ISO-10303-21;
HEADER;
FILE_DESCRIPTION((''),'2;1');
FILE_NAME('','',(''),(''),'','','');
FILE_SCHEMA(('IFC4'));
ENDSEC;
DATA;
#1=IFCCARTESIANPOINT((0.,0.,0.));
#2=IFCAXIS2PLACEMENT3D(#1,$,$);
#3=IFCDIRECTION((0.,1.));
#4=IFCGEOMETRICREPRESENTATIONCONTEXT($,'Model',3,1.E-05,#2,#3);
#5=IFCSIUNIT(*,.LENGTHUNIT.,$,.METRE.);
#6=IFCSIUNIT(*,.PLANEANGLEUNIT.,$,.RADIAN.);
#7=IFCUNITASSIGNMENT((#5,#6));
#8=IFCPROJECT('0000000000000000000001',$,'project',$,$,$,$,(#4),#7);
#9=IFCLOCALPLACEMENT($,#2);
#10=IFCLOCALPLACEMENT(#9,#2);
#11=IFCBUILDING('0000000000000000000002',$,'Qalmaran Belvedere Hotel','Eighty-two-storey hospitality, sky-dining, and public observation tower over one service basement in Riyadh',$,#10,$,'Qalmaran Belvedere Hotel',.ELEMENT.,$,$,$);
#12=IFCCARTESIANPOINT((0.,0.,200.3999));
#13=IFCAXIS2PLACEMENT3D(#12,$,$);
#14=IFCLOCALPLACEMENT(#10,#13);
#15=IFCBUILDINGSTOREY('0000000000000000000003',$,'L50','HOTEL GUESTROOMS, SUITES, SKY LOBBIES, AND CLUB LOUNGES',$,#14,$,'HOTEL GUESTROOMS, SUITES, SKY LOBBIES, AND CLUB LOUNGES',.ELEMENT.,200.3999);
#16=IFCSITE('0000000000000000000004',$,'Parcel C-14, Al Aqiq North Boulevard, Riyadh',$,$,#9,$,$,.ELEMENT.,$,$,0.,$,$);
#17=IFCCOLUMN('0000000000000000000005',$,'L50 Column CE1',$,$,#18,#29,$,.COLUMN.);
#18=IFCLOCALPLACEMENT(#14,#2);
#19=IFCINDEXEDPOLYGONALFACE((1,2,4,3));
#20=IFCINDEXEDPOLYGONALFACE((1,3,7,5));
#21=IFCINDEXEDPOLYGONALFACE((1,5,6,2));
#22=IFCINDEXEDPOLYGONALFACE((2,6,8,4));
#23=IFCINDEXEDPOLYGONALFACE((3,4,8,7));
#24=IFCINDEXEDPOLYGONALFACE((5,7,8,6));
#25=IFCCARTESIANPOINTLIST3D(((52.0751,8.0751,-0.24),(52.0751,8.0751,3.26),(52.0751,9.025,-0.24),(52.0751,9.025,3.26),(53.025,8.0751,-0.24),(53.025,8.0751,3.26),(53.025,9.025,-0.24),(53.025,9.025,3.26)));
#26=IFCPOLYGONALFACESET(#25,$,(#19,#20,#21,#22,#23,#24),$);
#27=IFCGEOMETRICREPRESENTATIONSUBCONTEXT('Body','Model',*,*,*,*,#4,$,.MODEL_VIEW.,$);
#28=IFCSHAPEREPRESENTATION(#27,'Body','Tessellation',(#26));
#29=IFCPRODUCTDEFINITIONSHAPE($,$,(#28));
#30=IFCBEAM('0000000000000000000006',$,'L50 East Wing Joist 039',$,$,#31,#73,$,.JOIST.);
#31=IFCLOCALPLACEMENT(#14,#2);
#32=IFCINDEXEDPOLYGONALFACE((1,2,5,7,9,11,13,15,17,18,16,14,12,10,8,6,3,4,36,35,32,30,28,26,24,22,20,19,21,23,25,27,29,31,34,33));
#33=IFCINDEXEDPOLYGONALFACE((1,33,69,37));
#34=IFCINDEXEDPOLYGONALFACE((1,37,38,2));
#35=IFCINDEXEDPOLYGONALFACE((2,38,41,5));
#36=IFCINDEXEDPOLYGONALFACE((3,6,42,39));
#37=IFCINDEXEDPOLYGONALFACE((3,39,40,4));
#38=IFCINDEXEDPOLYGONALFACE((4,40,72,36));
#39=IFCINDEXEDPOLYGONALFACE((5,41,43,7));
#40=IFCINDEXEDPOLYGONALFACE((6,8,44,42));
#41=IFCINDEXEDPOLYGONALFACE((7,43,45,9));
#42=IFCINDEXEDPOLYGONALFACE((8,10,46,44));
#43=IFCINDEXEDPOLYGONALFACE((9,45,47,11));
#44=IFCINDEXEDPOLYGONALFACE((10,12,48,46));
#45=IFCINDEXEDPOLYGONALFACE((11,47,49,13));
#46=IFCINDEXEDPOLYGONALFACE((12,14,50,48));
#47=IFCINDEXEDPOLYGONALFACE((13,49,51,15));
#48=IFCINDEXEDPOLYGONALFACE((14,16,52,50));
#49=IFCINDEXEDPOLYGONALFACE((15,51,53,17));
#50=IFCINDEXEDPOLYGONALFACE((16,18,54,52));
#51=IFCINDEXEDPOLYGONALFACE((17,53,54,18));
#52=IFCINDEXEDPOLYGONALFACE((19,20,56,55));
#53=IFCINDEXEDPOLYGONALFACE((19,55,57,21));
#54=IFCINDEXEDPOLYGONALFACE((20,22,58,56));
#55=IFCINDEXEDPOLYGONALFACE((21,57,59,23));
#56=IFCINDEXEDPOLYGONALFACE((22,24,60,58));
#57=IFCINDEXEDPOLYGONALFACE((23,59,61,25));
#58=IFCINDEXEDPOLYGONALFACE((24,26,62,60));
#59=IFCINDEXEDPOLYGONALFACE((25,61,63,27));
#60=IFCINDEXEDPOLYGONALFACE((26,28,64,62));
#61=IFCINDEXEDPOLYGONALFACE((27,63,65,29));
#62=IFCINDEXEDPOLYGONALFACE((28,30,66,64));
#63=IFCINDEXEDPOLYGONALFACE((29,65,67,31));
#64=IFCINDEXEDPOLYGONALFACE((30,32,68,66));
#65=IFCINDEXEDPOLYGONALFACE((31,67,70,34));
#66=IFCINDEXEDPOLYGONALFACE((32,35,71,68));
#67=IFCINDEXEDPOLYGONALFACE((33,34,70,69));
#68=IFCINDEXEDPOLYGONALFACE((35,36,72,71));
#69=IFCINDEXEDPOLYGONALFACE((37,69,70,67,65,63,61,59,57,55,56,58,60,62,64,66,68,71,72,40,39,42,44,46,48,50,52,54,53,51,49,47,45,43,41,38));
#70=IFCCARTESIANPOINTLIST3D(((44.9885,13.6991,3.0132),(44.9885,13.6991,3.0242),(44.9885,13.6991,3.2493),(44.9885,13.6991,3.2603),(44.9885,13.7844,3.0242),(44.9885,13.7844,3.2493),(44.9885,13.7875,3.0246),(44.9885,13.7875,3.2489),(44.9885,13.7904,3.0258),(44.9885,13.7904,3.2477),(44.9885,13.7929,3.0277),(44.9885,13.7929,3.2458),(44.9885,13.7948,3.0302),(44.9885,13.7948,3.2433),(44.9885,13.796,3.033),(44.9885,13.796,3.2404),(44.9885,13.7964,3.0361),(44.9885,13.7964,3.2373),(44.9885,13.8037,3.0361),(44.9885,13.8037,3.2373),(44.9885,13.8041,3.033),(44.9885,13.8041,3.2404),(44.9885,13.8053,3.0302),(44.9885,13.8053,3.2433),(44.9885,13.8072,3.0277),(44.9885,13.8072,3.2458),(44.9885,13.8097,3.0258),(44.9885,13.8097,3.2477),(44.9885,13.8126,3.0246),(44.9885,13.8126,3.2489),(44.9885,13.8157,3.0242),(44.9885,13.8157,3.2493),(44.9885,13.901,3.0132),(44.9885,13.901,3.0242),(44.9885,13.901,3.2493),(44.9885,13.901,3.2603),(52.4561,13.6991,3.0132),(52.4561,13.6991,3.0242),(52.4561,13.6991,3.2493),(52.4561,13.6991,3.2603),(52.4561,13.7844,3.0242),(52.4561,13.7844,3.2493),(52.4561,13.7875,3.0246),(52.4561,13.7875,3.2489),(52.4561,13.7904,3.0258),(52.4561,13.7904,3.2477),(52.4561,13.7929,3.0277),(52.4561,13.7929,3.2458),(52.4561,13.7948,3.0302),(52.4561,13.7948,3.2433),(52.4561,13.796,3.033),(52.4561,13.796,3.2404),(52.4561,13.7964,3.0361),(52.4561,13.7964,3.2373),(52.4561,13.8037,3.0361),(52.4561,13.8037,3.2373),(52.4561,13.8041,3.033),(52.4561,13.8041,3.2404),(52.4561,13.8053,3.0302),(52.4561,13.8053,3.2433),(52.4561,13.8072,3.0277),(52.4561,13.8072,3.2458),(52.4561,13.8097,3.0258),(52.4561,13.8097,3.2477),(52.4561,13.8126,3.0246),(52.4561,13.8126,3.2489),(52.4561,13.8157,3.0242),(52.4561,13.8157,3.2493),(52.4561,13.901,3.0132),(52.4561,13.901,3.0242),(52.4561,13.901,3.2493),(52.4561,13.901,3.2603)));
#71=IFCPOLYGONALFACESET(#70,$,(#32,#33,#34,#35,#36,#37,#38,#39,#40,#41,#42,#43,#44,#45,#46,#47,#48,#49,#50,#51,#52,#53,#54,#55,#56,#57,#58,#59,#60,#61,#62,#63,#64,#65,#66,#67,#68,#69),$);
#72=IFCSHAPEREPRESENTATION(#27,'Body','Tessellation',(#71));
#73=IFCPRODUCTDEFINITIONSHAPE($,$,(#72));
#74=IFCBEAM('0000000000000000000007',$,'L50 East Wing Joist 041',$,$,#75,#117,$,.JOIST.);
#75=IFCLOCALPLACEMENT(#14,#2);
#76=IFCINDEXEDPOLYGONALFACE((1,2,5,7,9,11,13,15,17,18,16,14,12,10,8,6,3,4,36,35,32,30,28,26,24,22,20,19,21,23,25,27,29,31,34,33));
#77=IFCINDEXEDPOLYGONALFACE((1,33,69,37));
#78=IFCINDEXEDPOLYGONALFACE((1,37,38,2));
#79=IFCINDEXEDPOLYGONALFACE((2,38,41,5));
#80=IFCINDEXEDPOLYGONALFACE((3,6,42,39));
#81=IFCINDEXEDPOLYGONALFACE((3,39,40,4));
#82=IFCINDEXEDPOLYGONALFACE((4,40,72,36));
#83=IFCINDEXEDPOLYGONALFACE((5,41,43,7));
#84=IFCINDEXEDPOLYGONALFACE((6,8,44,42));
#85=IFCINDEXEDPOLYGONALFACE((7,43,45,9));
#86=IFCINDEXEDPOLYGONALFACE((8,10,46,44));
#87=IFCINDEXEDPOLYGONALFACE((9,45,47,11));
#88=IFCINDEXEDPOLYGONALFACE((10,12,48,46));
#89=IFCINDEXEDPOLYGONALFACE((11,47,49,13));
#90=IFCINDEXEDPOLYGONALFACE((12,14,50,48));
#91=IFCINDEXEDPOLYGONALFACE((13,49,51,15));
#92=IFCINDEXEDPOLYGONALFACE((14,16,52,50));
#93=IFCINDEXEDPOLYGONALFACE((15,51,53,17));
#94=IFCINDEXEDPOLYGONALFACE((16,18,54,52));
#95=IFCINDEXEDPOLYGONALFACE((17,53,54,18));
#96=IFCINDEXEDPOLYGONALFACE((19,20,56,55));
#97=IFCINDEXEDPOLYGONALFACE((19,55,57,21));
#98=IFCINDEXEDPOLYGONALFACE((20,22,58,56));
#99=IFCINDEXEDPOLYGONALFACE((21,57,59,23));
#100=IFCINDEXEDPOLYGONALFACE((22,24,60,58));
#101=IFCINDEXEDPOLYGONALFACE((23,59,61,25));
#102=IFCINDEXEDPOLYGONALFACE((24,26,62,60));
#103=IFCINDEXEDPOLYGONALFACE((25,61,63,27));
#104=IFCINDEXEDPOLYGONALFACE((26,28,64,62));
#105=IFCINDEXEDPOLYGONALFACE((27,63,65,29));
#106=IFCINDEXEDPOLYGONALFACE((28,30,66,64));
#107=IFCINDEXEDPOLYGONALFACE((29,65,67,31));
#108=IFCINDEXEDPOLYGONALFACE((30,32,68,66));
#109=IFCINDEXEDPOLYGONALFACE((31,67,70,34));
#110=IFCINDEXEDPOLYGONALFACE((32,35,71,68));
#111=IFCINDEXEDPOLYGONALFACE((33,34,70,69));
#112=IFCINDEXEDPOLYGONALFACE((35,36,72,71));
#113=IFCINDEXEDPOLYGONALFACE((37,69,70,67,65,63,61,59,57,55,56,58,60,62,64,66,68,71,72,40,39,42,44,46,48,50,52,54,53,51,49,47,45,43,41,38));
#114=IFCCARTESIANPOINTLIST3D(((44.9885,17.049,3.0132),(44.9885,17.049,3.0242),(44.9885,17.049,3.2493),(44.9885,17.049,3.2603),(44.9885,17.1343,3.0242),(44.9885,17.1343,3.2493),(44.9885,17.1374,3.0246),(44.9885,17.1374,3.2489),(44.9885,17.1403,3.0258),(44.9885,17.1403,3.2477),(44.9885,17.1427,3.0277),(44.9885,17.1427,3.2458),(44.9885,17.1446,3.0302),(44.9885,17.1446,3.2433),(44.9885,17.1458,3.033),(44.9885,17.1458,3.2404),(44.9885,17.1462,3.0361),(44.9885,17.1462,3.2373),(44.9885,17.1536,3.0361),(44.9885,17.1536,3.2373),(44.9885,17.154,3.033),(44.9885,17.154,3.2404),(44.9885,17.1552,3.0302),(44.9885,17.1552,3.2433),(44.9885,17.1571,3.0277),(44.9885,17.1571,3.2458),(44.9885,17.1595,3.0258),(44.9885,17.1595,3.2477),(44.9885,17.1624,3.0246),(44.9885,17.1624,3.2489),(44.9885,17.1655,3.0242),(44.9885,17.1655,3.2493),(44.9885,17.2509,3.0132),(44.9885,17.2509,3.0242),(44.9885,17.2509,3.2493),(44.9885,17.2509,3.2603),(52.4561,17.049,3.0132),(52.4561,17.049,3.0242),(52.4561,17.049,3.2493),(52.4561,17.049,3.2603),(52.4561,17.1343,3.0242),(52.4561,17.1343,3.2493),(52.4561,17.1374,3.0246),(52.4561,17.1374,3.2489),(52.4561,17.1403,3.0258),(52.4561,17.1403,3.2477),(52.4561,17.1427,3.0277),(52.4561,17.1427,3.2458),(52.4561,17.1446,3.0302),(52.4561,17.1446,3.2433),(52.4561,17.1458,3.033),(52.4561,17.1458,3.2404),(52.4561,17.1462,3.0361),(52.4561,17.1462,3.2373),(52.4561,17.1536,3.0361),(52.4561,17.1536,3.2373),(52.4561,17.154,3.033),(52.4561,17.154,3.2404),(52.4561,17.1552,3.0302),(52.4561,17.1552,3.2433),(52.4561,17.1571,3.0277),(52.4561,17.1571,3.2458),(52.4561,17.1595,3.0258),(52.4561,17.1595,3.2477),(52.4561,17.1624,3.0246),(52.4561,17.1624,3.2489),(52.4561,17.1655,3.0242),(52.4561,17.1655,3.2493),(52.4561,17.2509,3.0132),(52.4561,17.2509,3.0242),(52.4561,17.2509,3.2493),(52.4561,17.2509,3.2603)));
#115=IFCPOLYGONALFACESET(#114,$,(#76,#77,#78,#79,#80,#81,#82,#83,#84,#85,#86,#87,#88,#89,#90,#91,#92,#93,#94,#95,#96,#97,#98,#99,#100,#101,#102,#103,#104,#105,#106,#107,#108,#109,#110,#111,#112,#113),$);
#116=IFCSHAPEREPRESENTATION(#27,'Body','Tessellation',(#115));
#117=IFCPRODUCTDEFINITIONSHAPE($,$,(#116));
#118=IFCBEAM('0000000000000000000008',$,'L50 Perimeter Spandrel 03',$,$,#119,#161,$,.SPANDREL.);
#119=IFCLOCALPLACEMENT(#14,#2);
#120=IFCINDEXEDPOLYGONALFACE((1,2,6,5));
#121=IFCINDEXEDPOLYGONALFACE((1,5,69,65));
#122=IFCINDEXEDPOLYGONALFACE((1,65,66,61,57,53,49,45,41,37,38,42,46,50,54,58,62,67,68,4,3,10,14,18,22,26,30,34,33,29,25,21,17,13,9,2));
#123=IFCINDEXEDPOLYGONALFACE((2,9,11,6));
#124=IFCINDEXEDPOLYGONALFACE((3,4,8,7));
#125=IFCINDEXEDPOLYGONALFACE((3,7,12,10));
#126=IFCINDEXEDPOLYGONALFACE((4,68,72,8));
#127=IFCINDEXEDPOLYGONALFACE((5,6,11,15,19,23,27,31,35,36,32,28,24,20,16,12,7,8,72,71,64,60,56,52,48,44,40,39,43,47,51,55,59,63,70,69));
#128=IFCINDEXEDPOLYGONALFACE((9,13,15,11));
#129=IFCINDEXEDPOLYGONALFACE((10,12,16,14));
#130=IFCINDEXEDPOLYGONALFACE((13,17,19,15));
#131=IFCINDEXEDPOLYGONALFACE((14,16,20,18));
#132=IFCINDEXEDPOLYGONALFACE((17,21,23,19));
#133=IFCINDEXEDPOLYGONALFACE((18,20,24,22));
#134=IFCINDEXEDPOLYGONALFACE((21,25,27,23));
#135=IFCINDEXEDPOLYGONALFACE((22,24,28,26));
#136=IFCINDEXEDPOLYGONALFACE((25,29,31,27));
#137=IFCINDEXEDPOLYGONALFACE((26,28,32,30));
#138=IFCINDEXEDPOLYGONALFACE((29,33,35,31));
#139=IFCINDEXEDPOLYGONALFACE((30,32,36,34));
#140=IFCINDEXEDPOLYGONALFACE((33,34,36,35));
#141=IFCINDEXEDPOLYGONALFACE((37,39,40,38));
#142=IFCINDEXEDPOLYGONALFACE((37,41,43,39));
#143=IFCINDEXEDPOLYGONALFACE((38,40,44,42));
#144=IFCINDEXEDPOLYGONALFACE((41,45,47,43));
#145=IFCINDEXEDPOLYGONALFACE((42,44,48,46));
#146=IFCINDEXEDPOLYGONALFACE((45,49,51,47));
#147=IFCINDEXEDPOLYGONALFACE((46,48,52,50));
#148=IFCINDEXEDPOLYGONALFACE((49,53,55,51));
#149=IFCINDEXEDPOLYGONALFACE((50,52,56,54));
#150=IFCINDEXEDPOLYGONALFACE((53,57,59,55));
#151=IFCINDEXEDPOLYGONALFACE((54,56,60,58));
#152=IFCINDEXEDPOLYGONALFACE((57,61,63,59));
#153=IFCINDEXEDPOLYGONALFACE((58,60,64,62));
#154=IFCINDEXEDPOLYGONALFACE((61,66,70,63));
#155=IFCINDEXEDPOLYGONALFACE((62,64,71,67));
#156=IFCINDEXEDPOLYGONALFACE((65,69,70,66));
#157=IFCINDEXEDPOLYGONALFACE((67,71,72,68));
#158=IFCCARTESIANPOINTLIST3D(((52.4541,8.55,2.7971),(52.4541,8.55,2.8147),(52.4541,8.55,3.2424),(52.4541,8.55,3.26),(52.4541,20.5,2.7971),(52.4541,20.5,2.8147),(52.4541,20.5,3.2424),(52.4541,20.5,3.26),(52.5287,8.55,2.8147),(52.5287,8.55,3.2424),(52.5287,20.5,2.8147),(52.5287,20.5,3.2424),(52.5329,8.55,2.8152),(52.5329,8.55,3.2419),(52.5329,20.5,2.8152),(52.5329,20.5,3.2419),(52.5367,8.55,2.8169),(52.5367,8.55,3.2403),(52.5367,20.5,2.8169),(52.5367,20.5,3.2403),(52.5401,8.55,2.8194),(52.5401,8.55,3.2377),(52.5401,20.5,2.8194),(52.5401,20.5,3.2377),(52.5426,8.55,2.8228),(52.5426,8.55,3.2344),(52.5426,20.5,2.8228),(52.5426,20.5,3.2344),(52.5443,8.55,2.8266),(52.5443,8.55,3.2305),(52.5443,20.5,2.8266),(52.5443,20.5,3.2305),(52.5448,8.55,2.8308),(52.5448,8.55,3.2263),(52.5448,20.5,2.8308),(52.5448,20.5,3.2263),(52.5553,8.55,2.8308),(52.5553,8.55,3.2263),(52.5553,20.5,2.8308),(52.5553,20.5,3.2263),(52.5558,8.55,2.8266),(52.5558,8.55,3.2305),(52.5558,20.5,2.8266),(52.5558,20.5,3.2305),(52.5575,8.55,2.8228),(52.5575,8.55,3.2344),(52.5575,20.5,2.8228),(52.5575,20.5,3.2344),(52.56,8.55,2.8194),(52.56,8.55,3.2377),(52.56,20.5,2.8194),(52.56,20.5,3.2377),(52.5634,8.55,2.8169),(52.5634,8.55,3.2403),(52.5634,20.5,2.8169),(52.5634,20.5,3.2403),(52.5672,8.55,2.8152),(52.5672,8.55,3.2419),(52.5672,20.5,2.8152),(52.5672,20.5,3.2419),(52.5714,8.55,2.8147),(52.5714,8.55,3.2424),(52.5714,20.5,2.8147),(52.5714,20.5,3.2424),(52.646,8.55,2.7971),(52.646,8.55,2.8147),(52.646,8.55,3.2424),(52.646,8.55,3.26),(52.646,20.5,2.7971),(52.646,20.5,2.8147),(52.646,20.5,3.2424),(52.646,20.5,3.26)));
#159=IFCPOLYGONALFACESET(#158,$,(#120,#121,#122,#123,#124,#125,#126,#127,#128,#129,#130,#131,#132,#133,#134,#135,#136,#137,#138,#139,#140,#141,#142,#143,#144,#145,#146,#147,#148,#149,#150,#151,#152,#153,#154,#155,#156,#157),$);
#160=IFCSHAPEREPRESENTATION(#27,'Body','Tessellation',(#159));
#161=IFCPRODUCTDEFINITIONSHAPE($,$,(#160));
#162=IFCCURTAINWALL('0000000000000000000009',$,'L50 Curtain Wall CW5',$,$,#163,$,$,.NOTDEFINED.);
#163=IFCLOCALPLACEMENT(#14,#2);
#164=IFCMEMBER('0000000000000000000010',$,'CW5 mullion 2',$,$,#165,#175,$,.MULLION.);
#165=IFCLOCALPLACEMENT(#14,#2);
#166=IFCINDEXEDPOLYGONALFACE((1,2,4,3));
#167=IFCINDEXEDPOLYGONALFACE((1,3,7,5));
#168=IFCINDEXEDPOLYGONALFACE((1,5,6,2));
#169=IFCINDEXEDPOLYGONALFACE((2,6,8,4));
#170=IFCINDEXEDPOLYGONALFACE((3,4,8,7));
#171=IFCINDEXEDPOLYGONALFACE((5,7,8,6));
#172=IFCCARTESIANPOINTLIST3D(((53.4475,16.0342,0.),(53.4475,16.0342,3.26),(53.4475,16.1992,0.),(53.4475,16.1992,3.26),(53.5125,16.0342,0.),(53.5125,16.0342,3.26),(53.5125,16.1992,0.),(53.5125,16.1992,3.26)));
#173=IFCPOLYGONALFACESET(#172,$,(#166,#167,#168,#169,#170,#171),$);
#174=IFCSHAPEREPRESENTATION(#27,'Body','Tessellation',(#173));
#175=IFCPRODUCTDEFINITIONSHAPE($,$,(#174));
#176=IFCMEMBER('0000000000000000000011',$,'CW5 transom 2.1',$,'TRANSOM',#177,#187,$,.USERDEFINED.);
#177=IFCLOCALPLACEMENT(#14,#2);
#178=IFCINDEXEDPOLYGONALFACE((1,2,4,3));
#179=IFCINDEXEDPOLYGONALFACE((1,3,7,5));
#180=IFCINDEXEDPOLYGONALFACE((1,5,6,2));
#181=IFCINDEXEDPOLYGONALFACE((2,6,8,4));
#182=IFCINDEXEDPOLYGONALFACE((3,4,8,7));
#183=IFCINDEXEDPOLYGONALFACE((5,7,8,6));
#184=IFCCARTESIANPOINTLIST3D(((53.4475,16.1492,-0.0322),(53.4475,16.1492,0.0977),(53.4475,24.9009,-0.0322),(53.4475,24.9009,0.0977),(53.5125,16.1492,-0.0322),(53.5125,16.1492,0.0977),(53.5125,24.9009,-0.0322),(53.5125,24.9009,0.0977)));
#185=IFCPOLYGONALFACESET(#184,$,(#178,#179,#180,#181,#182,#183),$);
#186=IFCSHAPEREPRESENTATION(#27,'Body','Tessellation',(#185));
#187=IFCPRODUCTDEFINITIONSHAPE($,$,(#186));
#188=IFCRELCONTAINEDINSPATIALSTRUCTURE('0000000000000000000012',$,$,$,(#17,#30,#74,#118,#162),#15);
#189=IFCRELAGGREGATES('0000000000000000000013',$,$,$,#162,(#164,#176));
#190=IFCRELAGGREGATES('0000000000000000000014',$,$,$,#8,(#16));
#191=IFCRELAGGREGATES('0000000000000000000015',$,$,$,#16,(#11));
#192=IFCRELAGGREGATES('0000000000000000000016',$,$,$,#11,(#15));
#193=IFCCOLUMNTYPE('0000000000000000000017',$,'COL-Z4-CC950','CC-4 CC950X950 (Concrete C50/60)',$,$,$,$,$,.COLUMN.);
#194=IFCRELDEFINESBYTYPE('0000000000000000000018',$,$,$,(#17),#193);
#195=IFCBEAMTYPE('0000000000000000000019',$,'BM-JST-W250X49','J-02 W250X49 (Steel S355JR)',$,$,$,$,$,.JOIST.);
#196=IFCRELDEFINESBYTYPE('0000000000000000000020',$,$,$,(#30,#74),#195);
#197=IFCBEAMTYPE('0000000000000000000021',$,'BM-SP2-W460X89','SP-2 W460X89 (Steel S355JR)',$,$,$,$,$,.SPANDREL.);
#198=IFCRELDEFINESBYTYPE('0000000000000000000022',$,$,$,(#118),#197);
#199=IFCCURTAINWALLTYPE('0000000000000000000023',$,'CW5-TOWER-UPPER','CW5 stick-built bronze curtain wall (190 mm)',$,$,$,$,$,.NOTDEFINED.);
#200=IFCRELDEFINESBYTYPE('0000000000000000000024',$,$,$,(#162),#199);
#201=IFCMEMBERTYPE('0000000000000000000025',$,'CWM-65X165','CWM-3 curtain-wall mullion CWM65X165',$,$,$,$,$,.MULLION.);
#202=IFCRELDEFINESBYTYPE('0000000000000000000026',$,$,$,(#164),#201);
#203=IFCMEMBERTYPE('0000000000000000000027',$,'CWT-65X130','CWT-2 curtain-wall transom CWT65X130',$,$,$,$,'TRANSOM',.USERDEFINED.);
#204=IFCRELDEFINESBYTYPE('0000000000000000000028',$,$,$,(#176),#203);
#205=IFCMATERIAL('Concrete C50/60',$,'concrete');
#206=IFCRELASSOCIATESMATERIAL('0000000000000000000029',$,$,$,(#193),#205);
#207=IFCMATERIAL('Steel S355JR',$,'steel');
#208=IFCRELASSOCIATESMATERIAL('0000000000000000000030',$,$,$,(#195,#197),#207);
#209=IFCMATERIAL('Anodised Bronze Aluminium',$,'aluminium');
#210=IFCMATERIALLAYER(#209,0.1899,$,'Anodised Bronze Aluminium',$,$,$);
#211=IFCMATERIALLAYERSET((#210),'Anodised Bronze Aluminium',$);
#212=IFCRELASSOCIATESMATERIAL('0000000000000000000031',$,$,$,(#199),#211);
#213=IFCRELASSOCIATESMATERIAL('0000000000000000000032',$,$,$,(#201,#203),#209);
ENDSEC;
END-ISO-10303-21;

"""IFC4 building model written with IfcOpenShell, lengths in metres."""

from ifc_helpers import new_model, si_unit, direction, frame, origin, origin_2d, place, context, subcontext, project, spatial, rectangle, i_section, extrude, material, layer, layer_set, material_profile, profile_set, type_object, element, aggregate, save


model = new_model("IFC4")

# Units and contexts
model_context = context("Model", 3, precision=1e-05, world=origin(), true_north=direction((0.0, 1.0)))
body_context = subcontext(model_context, "Body", "Model", "MODEL_VIEW")
ifc_project = project(units=[si_unit("LENGTHUNIT", "METRE"), si_unit("PLANEANGLEUNIT", "RADIAN")], contexts=[model_context])

# Site, building, storey
site_placement = place(None, origin())
site = spatial("IfcSite", under=ifc_project, at=site_placement, Name="Parcel C-14, Al Aqiq North Boulevard, Riyadh", CompositionType="ELEMENT", RefElevation=0.0)
building_placement = place(site_placement, origin())
building = spatial("IfcBuilding", under=site, at=building_placement, Name="Qalmaran Belvedere Hotel", Description="Eighty-two-storey hospitality, sky-dining, and public observation tower over one service basement in Riyadh", LongName="Qalmaran Belvedere Hotel", CompositionType="ELEMENT")
storey_placement = place(building_placement, frame((0.0, 0.0, 200.3999)))
storey = spatial("IfcBuildingStorey", under=building, at=storey_placement, Name="L50", Description="HOTEL GUESTROOMS, SUITES, SKY LOBBIES, AND CLUB LOUNGES", LongName="HOTEL GUESTROOMS, SUITES, SKY LOBBIES, AND CLUB LOUNGES", CompositionType="ELEMENT", Elevation=200.3999)

# Column
ifc_material_1 = material(Name="Concrete C50/60", Category="concrete")
ifc_material_profile_1 = material_profile(ifc_material_1, rectangle(XDim=0.95, YDim=0.95, at=origin_2d()), Name="CC950X950")
ifc_profile_set_1 = profile_set([ifc_material_profile_1], Name="Concrete C50/60")
column_type = type_object("IfcColumnType", Name="COL-Z4-CC950", Description="CC-4 CC950X950 (Concrete C50/60)", PredefinedType="COLUMN", material=ifc_profile_set_1)
column_placement = place(storey_placement, frame((52.55, 8.55, -0.24), z_axis=(0.0, 0.0, 1.0), x_axis=(1.0, 0.0, 0.0)))
element("IfcColumn", 1, at=column_placement, inside=storey, type_object=column_type, Name="L50 Column CE1", PredefinedType="COLUMN", context=body_context, shape_type="SweptSolid", body=[
    extrude(rectangle(XDim=0.95, YDim=0.95, at=origin_2d()), origin(), (0.0, 0.0, 1.0), 3.5),
])

# Beams
ifc_material_2 = material(Name="Steel S355JR", Category="steel")
ifc_material_profile_2 = material_profile(ifc_material_2, i_section(OverallWidth=0.2019, OverallDepth=0.2471, WebThickness=0.0073, FlangeThickness=0.011, FilletRadius=0.012, at=origin_2d()), Name="W250X49")
ifc_profile_set_2 = profile_set([ifc_material_profile_2], Name="Steel S355JR")
beam_type_1 = type_object("IfcBeamType", Name="BM-JST-W250X49", Description="J-02 W250X49 (Steel S355JR)", PredefinedType="JOIST", material=ifc_profile_set_2)
for number, where, z_axis, x_axis, name in (
    (2, (44.9885, 13.8, 3.1367), (1.0, 0.0, 0.0), (0.0, 1.0, 0.0), "L50 East Wing Joist 039"),
    (3, (44.9885, 17.1499, 3.1367), (1.0, 0.0, 0.0), (0.0, 1.0, 0.0), "L50 East Wing Joist 041"),
):
    element("IfcBeam", number, at=place(storey_placement, frame(where, z_axis=z_axis, x_axis=x_axis)), inside=storey, type_object=beam_type_1, Name=name, PredefinedType="JOIST", context=body_context, shape_type="SweptSolid", body=[
        extrude(i_section(OverallWidth=0.2019, OverallDepth=0.2471, WebThickness=0.0073, FlangeThickness=0.011, FilletRadius=0.012, at=origin_2d()), origin(), (0.0, 0.0, 1.0), 7.4675),
    ])
ifc_material_profile_3 = material_profile(ifc_material_2, i_section(OverallWidth=0.1919, OverallDepth=0.4629, WebThickness=0.0105, FlangeThickness=0.0176, FilletRadius=0.0161, at=origin_2d()), Name="W460X89")
ifc_profile_set_3 = profile_set([ifc_material_profile_3], Name="Steel S355JR")
beam_type_2 = type_object("IfcBeamType", Name="BM-SP2-W460X89", Description="SP-2 W460X89 (Steel S355JR)", PredefinedType="SPANDREL", material=ifc_profile_set_3)
beam_placement = place(storey_placement, frame((52.55, 8.55, 3.0286), z_axis=(0.0, 1.0, 0.0), x_axis=(-1.0, 0.0, 0.0)))
element("IfcBeam", 4, at=beam_placement, inside=storey, type_object=beam_type_2, Name="L50 Perimeter Spandrel 03", PredefinedType="SPANDREL", context=body_context, shape_type="SweptSolid", body=[
    extrude(i_section(OverallWidth=0.1919, OverallDepth=0.4629, WebThickness=0.0105, FlangeThickness=0.0176, FilletRadius=0.0161, at=origin_2d()), origin(), (0.0, 0.0, 1.0), 11.95),
])

# Curtain wall, members
ifc_material_3 = material(Name="Anodised Bronze Aluminium", Category="aluminium")
ifc_layer_1 = layer(ifc_material_3, 0.1899, Name="Anodised Bronze Aluminium")
ifc_layer_set_1 = layer_set([ifc_layer_1], Name="Anodised Bronze Aluminium")
curtain_wall_type = type_object("IfcCurtainWallType", Name="CW5-TOWER-UPPER", Description="CW5 stick-built bronze curtain wall (190 mm)", PredefinedType="NOTDEFINED", material=ifc_layer_set_1)
curtain_wall_placement = place(storey_placement, origin())
curtain_wall = element("IfcCurtainWall", 5, at=curtain_wall_placement, inside=storey, type_object=curtain_wall_type, Name="L50 Curtain Wall CW5", PredefinedType="NOTDEFINED")
ifc_material_profile_4 = material_profile(ifc_material_3, rectangle(XDim=0.0649, YDim=0.165, at=origin_2d()), Name="CWM65X165")
ifc_profile_set_4 = profile_set([ifc_material_profile_4], Name="Anodised Bronze Aluminium")
member_type_1 = type_object("IfcMemberType", Name="CWM-65X165", Description="CWM-3 curtain-wall mullion CWM65X165", PredefinedType="MULLION", material=ifc_profile_set_4)
member_1_placement = place(storey_placement, frame((53.48, 16.1167, 0.0), z_axis=(0.0, 0.0, 1.0), x_axis=(-1.0, 0.0, 0.0)))
member_1 = element("IfcMember", 6, at=member_1_placement, type_object=member_type_1, Name="CW5 mullion 2", PredefinedType="MULLION", context=body_context, shape_type="SweptSolid", body=[
    extrude(rectangle(XDim=0.0649, YDim=0.165, at=origin_2d()), origin(), (0.0, 0.0, 1.0), 3.26),
])
ifc_material_profile_5 = material_profile(ifc_material_3, rectangle(XDim=0.0649, YDim=0.1299, at=origin_2d()), Name="CWT65X130")
ifc_profile_set_5 = profile_set([ifc_material_profile_5], Name="Anodised Bronze Aluminium")
member_type_2 = type_object("IfcMemberType", Name="CWT-65X130", Description="CWT-2 curtain-wall transom CWT65X130", ElementType="TRANSOM", PredefinedType="USERDEFINED", material=ifc_profile_set_5)
member_2_placement = place(storey_placement, frame((53.48, 16.1492, 0.0327), z_axis=(0.0, 1.0, 0.0), x_axis=(-1.0, 0.0, 0.0)))
member_2 = element("IfcMember", 7, at=member_2_placement, type_object=member_type_2, Name="CW5 transom 2.1", ObjectType="TRANSOM", PredefinedType="USERDEFINED", context=body_context, shape_type="SweptSolid", body=[
    extrude(rectangle(XDim=0.0649, YDim=0.1299, at=origin_2d()), origin(), (0.0, 0.0, 1.0), 8.7517),
])
aggregate(curtain_wall, [member_1, member_2])

save(model, "model.ifc")
